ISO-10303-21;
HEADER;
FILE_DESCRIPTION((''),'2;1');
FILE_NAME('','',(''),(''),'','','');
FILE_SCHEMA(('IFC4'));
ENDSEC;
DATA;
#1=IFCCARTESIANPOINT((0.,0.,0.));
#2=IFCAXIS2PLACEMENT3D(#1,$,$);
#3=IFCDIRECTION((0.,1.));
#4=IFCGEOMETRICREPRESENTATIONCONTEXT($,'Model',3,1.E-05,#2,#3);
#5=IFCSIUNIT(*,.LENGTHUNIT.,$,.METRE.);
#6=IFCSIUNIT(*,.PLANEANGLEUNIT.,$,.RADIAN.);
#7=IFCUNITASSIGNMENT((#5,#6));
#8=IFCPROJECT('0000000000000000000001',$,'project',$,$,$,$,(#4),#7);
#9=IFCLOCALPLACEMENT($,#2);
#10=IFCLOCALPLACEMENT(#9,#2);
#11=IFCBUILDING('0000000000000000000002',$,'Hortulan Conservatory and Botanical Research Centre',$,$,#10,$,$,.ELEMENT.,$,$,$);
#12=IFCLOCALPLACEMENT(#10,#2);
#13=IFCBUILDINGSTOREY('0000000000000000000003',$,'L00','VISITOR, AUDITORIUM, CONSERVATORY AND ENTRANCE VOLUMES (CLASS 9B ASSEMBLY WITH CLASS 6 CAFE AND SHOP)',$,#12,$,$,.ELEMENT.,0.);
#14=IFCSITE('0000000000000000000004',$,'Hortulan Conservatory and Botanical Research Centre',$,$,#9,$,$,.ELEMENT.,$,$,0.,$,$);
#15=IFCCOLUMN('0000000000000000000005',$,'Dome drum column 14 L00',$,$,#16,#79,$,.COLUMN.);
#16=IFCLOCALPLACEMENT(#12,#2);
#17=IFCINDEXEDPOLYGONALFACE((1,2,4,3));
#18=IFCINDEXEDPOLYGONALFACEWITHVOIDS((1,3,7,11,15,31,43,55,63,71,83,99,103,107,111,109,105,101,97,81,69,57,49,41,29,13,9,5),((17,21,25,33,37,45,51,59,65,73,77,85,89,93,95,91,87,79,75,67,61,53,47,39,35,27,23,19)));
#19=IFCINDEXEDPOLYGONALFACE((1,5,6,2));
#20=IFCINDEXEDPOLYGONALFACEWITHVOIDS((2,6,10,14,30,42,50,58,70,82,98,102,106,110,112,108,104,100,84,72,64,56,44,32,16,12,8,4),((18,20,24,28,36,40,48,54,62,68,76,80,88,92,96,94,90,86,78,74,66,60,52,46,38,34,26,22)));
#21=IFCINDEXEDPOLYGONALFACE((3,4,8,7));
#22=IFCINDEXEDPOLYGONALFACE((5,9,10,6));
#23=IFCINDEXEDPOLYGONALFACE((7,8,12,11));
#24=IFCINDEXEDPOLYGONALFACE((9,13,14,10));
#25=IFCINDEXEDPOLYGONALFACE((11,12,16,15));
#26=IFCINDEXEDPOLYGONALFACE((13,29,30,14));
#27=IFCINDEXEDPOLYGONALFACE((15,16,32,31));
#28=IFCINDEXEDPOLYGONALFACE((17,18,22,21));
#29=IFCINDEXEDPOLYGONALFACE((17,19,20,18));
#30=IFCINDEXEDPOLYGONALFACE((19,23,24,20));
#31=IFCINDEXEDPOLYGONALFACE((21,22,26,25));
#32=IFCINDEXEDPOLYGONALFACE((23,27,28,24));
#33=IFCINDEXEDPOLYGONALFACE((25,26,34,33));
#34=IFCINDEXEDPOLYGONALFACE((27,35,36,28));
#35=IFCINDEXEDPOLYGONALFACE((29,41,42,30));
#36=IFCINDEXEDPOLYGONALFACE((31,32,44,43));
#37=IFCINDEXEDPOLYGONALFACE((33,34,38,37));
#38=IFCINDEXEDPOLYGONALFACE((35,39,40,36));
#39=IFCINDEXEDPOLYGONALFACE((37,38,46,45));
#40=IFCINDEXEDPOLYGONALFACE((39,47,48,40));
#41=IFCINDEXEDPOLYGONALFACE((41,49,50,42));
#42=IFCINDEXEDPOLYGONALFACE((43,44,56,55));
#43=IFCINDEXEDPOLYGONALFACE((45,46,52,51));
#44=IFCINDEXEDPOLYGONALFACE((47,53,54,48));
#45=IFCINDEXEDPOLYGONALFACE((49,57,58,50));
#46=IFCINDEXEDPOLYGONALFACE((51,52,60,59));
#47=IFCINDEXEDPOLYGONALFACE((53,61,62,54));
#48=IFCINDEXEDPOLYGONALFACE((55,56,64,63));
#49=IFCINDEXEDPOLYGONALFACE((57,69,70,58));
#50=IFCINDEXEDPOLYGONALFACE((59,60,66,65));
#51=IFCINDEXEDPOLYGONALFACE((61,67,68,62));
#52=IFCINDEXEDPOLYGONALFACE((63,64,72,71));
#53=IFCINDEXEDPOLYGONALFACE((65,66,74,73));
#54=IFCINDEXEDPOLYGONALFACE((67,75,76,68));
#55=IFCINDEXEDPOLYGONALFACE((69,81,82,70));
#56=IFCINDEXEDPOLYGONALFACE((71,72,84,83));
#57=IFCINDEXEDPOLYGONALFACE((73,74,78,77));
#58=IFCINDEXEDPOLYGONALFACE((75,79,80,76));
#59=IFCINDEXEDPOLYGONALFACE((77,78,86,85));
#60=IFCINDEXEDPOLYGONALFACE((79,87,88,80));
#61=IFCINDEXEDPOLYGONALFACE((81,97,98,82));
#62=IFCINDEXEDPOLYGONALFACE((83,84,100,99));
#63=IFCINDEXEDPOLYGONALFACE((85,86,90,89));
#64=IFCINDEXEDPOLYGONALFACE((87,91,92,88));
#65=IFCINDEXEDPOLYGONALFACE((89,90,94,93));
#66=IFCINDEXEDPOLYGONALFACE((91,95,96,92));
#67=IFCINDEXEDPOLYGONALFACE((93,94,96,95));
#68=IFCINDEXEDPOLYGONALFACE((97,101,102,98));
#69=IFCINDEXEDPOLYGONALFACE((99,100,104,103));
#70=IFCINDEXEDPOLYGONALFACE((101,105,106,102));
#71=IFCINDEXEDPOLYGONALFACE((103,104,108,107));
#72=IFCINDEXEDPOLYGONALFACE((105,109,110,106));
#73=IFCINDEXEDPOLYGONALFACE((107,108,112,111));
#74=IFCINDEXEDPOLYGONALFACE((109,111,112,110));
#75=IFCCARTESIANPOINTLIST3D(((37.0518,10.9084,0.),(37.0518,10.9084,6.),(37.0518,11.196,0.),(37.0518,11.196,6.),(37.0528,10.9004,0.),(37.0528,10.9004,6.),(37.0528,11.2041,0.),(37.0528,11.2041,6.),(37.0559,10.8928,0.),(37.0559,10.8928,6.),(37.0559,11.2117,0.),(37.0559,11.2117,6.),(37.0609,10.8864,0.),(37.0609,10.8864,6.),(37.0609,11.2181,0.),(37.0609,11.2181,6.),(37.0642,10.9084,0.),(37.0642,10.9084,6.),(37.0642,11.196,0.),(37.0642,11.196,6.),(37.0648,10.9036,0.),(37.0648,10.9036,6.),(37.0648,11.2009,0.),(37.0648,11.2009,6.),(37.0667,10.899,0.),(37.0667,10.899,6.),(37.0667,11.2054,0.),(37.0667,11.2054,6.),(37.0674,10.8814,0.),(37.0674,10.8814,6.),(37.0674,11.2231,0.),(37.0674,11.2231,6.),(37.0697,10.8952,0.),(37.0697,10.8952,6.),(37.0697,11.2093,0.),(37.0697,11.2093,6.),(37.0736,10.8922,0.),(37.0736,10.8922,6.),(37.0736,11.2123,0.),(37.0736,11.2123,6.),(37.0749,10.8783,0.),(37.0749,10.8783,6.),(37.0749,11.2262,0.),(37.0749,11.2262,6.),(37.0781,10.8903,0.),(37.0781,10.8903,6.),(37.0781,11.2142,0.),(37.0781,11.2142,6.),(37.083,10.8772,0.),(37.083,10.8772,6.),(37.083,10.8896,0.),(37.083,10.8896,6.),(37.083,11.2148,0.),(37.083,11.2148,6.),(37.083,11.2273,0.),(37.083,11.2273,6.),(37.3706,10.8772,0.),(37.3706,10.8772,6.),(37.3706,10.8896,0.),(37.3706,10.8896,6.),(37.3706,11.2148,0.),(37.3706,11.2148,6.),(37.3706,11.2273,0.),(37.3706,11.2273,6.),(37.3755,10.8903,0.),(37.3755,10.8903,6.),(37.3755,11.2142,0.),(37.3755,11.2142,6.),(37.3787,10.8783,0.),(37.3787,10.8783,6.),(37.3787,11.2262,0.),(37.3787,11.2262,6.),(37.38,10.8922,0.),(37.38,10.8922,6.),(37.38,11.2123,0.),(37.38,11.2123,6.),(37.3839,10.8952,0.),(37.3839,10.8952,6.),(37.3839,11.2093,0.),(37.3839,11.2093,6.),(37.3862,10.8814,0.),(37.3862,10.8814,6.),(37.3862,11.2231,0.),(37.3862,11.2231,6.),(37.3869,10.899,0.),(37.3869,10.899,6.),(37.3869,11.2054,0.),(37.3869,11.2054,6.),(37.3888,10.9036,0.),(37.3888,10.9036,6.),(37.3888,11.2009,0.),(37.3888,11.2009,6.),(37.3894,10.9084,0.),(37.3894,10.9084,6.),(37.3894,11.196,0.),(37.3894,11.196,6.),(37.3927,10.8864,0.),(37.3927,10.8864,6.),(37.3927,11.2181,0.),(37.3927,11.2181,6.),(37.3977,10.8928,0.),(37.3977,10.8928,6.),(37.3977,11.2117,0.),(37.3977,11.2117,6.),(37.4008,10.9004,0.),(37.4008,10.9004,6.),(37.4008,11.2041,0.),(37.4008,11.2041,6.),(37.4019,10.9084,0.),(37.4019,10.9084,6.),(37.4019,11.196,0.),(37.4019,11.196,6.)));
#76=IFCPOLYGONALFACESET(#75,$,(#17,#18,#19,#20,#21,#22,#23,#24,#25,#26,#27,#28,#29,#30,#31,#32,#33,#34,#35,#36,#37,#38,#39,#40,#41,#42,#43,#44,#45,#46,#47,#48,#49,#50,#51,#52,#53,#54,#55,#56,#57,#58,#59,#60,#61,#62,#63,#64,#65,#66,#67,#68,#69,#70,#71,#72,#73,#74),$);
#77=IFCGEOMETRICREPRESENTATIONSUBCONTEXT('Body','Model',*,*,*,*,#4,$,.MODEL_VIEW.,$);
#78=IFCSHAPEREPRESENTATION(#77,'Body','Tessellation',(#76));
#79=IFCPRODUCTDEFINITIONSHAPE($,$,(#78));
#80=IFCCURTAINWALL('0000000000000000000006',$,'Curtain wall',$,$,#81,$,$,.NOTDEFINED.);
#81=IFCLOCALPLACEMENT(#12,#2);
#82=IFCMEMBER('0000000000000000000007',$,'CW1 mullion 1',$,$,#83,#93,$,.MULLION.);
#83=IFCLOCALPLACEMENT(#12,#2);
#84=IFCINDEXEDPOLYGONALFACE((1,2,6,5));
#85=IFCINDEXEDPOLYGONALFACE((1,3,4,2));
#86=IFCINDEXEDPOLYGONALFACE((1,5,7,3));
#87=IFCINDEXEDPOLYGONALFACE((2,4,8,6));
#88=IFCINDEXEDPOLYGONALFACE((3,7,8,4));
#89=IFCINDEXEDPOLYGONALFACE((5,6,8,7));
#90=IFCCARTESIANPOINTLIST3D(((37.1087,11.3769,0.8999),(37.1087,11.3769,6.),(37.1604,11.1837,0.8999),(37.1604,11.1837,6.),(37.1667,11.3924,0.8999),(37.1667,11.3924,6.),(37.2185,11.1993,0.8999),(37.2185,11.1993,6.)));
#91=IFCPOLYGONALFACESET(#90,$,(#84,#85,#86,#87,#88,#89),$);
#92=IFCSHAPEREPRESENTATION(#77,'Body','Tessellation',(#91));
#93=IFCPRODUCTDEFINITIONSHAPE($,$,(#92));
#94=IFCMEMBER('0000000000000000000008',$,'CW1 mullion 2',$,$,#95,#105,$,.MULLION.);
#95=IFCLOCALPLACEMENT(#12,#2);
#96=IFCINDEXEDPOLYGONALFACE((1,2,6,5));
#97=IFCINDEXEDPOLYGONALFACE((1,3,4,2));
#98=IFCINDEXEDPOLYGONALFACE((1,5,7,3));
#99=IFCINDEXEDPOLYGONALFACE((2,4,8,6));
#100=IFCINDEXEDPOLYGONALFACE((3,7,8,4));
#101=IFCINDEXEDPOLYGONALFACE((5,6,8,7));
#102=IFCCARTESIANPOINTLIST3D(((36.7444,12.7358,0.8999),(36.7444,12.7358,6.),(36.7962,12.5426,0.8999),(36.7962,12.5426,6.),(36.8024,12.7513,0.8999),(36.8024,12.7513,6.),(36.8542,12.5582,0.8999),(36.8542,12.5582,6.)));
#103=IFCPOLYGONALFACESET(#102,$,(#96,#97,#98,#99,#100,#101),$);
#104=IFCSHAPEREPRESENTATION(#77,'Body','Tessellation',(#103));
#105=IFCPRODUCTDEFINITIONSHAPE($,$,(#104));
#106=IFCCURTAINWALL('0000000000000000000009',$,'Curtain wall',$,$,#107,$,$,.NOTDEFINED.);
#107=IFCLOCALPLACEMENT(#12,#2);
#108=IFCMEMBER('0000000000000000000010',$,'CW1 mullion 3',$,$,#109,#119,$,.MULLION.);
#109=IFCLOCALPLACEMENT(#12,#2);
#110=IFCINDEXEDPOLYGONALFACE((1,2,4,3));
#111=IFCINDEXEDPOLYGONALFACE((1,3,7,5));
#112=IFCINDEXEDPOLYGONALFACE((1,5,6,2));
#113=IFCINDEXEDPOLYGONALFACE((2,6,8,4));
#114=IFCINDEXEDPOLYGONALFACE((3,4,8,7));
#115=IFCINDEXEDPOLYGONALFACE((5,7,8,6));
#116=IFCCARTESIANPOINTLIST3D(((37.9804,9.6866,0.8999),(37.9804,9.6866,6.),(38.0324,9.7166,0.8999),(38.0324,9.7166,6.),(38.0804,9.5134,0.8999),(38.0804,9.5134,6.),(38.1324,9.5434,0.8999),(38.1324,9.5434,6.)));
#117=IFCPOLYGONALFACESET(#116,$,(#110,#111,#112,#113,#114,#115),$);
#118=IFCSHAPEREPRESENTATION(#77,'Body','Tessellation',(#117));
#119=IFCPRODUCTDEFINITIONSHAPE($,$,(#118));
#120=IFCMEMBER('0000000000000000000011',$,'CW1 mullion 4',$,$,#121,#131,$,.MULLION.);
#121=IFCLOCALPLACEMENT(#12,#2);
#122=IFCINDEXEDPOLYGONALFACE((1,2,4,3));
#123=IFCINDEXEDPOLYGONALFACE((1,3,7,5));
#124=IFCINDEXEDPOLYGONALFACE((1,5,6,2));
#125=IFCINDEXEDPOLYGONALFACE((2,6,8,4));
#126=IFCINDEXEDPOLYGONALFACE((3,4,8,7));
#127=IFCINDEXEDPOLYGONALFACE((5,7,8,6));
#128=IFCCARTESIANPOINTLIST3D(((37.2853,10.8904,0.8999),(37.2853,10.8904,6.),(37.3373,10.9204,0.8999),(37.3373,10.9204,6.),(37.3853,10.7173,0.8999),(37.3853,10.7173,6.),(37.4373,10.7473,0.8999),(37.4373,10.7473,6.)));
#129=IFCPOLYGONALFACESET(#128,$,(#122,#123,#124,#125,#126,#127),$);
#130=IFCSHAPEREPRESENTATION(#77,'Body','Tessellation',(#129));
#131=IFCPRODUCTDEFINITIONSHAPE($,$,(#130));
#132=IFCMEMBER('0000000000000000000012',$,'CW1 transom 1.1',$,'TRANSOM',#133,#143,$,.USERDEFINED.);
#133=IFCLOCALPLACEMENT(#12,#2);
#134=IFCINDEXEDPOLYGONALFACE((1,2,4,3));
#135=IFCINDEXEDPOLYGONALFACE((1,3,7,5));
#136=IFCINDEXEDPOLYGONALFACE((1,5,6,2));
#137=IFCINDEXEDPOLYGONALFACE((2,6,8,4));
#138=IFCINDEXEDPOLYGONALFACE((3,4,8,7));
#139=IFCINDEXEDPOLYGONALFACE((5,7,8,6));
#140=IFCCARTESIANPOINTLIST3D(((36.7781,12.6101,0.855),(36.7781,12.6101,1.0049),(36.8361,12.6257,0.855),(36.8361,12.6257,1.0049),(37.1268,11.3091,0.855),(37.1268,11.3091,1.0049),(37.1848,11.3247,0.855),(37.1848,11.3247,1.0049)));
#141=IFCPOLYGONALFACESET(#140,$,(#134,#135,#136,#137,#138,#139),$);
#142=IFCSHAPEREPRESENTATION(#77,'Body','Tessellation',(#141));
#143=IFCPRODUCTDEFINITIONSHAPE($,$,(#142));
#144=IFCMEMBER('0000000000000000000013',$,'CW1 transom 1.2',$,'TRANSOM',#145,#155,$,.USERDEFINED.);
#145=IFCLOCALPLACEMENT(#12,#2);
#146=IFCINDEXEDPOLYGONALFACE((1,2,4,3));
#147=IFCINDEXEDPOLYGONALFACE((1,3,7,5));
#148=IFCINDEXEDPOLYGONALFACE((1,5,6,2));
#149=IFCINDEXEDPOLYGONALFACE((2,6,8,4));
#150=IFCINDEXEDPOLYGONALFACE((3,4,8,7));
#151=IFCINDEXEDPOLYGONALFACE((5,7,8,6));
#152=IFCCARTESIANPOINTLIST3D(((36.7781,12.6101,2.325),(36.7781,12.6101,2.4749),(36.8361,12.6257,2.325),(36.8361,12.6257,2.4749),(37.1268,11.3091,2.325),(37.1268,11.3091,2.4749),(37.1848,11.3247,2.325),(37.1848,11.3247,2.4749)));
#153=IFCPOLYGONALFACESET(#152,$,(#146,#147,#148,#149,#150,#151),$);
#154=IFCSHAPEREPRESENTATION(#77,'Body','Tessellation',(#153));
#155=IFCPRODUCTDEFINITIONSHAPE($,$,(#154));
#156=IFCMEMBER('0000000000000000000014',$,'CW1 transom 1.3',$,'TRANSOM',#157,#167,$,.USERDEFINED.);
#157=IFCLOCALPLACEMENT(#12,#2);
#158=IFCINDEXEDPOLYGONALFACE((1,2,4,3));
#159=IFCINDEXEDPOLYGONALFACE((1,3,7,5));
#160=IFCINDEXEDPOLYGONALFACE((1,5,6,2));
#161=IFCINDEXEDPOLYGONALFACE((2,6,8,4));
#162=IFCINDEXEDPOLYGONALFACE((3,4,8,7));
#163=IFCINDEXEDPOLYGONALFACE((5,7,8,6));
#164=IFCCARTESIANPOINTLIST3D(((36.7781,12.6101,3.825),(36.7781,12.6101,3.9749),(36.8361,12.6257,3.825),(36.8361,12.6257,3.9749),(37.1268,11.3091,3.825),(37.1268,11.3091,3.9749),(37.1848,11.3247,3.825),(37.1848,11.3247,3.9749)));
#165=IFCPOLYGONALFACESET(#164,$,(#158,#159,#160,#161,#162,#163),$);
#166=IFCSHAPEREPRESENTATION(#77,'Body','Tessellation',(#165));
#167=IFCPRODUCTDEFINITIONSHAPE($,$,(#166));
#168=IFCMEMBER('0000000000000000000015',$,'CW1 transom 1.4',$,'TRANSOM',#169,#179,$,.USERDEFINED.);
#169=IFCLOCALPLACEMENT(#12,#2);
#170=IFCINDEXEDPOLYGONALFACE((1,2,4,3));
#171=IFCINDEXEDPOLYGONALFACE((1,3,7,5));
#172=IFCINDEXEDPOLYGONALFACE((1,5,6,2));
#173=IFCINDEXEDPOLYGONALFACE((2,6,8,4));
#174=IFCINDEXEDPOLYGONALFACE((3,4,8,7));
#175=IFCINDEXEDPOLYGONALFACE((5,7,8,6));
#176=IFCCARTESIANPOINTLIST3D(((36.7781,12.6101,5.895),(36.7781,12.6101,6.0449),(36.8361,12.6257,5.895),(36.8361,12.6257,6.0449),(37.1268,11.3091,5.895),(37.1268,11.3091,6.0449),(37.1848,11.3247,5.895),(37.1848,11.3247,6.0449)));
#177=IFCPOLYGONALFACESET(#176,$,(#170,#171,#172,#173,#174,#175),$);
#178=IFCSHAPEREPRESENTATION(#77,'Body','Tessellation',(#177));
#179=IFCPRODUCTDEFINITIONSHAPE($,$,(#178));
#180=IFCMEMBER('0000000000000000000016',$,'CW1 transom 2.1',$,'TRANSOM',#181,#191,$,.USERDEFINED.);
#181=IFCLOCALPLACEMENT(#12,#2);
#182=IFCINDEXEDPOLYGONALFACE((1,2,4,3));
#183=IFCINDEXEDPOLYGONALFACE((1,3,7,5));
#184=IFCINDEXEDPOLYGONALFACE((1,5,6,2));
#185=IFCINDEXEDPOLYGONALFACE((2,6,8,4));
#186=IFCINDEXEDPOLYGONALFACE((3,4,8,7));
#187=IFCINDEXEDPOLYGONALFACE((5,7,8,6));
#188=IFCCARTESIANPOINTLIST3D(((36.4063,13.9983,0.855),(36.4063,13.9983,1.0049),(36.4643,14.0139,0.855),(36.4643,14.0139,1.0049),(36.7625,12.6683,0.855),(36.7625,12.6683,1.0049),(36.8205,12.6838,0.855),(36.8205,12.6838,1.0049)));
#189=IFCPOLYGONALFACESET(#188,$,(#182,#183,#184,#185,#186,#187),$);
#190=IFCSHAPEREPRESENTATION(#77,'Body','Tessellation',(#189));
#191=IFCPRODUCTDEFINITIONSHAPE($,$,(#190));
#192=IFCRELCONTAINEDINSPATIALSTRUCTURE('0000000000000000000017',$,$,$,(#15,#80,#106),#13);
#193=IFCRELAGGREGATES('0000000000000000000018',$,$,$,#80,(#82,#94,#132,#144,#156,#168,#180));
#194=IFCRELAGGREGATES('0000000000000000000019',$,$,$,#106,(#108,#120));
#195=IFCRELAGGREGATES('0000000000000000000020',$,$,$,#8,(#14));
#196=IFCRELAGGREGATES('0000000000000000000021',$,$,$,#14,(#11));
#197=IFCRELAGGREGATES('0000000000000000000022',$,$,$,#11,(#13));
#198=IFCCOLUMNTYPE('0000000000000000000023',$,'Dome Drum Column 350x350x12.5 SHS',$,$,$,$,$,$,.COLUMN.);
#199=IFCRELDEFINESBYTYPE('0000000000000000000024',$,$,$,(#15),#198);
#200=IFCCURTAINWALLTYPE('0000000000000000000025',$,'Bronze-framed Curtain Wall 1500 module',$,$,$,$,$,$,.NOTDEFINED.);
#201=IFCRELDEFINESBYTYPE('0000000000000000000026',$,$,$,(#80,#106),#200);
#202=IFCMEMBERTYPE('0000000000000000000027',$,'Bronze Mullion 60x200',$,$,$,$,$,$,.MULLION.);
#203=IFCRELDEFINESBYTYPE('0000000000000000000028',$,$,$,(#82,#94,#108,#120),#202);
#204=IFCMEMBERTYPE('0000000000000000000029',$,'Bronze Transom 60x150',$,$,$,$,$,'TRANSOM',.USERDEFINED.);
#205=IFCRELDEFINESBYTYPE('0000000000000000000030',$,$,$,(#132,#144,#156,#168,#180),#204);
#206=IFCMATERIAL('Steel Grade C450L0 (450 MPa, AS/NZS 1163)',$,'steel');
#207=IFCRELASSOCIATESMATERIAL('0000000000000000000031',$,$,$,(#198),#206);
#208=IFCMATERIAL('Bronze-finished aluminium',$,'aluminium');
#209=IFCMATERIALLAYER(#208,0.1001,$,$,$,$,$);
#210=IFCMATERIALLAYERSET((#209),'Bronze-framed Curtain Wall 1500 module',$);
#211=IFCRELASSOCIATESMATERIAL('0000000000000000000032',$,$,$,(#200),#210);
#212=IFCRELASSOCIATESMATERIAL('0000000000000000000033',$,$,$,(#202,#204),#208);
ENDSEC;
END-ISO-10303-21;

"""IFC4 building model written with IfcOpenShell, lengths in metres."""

from ifc_helpers import new_model, si_unit, direction, frame, origin, origin_2d, place, context, subcontext, project, spatial, rectangle, hollow_rectangle, extrude, material, layer, layer_set, material_profile, profile_set, type_object, element, aggregate, save


model = new_model("IFC4")

# Units and contexts
model_context = context("Model", 3, precision=1e-05, world=origin(), true_north=direction((0.0, 1.0)))
body_context = subcontext(model_context, "Body", "Model", "MODEL_VIEW")
ifc_project = project(units=[si_unit("LENGTHUNIT", "METRE"), si_unit("PLANEANGLEUNIT", "RADIAN")], contexts=[model_context])

# Site, building, storey
site_placement = place(None, origin())
site = spatial("IfcSite", under=ifc_project, at=site_placement, Name="Hortulan Conservatory and Botanical Research Centre", CompositionType="ELEMENT", RefElevation=0.0)
building_placement = place(site_placement, origin())
building = spatial("IfcBuilding", under=site, at=building_placement, Name="Hortulan Conservatory and Botanical Research Centre", CompositionType="ELEMENT")
storey_placement = place(building_placement, origin())
storey = spatial("IfcBuildingStorey", under=building, at=storey_placement, Name="L00", Description="VISITOR, AUDITORIUM, CONSERVATORY AND ENTRANCE VOLUMES (CLASS 9B ASSEMBLY WITH CLASS 6 CAFE AND SHOP)", CompositionType="ELEMENT", Elevation=0.0)

# Column
ifc_material_1 = material(Name="Steel Grade C450L0 (450 MPa, AS/NZS 1163)", Category="steel")
ifc_material_profile_1 = material_profile(ifc_material_1, hollow_rectangle(XDim=0.3501, YDim=0.3501, WallThickness=0.0125, InnerFilletRadius=0.0188, OuterFilletRadius=0.0312, at=origin_2d()), Name="350x350x12.5SHS")
ifc_profile_set_1 = profile_set([ifc_material_profile_1], Name="Steel Grade C450L0 (450 MPa, AS/NZS 1163)")
column_type = type_object("IfcColumnType", Name="Dome Drum Column 350x350x12.5 SHS", PredefinedType="COLUMN", material=ifc_profile_set_1)
column_placement = place(storey_placement, frame((37.2268, 11.0522, 0.0), z_axis=(0.0, 0.0, 1.0), x_axis=(1.0, 0.0, 0.0)))
element("IfcColumn", 1, at=column_placement, inside=storey, type_object=column_type, Name="Dome drum column 14 L00", PredefinedType="COLUMN", context=body_context, shape_type="SweptSolid", body=[
    extrude(hollow_rectangle(XDim=0.3501, YDim=0.3501, WallThickness=0.0125, InnerFilletRadius=0.0188, OuterFilletRadius=0.0312, at=origin_2d()), origin(), (0.0, 0.0, 1.0), 6.0),
])

# Curtain walls, members
ifc_material_2 = material(Name="Bronze-finished aluminium", Category="aluminium")
ifc_layer_1 = layer(ifc_material_2, 0.1001)
ifc_layer_set_1 = layer_set([ifc_layer_1], Name="Bronze-framed Curtain Wall 1500 module")
curtain_wall_type = type_object("IfcCurtainWallType", Name="Bronze-framed Curtain Wall 1500 module", PredefinedType="NOTDEFINED", material=ifc_layer_set_1)
curtain_wall_1_placement = place(storey_placement, origin())
curtain_wall_1 = element("IfcCurtainWall", 2, at=curtain_wall_1_placement, inside=storey, type_object=curtain_wall_type, Name="Curtain wall", PredefinedType="NOTDEFINED")
ifc_material_profile_2 = material_profile(ifc_material_2, rectangle(XDim=0.0601, YDim=0.2, at=origin_2d()), Name="Bronze Mullion 60x200")
ifc_profile_set_2 = profile_set([ifc_material_profile_2], Name="Bronze-finished aluminium")
member_type_1 = type_object("IfcMemberType", Name="Bronze Mullion 60x200", PredefinedType="MULLION", material=ifc_profile_set_2)
member_1_placement = place(storey_placement, frame((37.1636, 11.2881, 0.8999), z_axis=(0.0, 0.0, 1.0), x_axis=(-0.965922, -0.258832, 0.0)))
member_1 = element("IfcMember", 3, at=member_1_placement, type_object=member_type_1, Name="CW1 mullion 1", PredefinedType="MULLION", context=body_context, shape_type="SweptSolid", body=[
    extrude(rectangle(XDim=0.0601, YDim=0.2, at=origin_2d()), origin(), (0.0, 0.0, 1.0), 5.1001),
])
member_2_placement = place(storey_placement, frame((36.7993, 12.647, 0.8999), z_axis=(0.0, 0.0, 1.0), x_axis=(-0.965922, -0.258832, 0.0)))
member_2 = element("IfcMember", 4, at=member_2_placement, type_object=member_type_1, Name="CW1 mullion 2", PredefinedType="MULLION", context=body_context, shape_type="SweptSolid", body=[
    extrude(rectangle(XDim=0.0601, YDim=0.2, at=origin_2d()), origin(), (0.0, 0.0, 1.0), 5.1001),
])
curtain_wall_2_placement = place(storey_placement, origin())
curtain_wall_2 = element("IfcCurtainWall", 5, at=curtain_wall_2_placement, inside=storey, type_object=curtain_wall_type, Name="Curtain wall", PredefinedType="NOTDEFINED")
member_3_placement = place(storey_placement, frame((38.0564, 9.615, 0.8999), z_axis=(0.0, 0.0, 1.0), x_axis=(-0.866036, -0.499981, 0.0)))
member_3 = element("IfcMember", 6, at=member_3_placement, type_object=member_type_1, Name="CW1 mullion 3", PredefinedType="MULLION", context=body_context, shape_type="SweptSolid", body=[
    extrude(rectangle(XDim=0.0601, YDim=0.2, at=origin_2d()), origin(), (0.0, 0.0, 1.0), 5.1001),
])
member_4_placement = place(storey_placement, frame((37.3613, 10.8188, 0.8999), z_axis=(0.0, 0.0, 1.0), x_axis=(-0.866036, -0.499981, 0.0)))
member_4 = element("IfcMember", 7, at=member_4_placement, type_object=member_type_1, Name="CW1 mullion 4", PredefinedType="MULLION", context=body_context, shape_type="SweptSolid", body=[
    extrude(rectangle(XDim=0.0601, YDim=0.2, at=origin_2d()), origin(), (0.0, 0.0, 1.0), 5.1001),
])

# Members
ifc_material_profile_3 = material_profile(ifc_material_2, rectangle(XDim=0.0601, YDim=0.1499, at=origin_2d()), Name="Bronze Transom 60x150")
ifc_profile_set_3 = profile_set([ifc_material_profile_3], Name="Bronze-finished aluminium")
member_type_2 = type_object("IfcMemberType", Name="Bronze Transom 60x150", ElementType="TRANSOM", PredefinedType="USERDEFINED", material=ifc_profile_set_3)
member_5_placement = place(storey_placement, frame((37.1558, 11.3169, 0.9299), z_axis=(-0.258836, 0.965921, 0.0), x_axis=(-0.965921, -0.258836, 0.0)))
member_5 = element("IfcMember", 8, at=member_5_placement, type_object=member_type_2, Name="CW1 transom 1.1", ObjectType="TRANSOM", PredefinedType="USERDEFINED", context=body_context, shape_type="SweptSolid", body=[
    extrude(rectangle(XDim=0.0601, YDim=0.1499, at=origin_2d()), origin(), (0.0, 0.0, 1.0), 1.3469),
])
member_6_placement = place(storey_placement, frame((37.1558, 11.3169, 2.3999), z_axis=(-0.258836, 0.965921, 0.0), x_axis=(-0.965921, -0.258836, 0.0)))
member_6 = element("IfcMember", 9, at=member_6_placement, type_object=member_type_2, Name="CW1 transom 1.2", ObjectType="TRANSOM", PredefinedType="USERDEFINED", context=body_context, shape_type="SweptSolid", body=[
    extrude(rectangle(XDim=0.0601, YDim=0.1499, at=origin_2d()), origin(), (0.0, 0.0, 1.0), 1.3469),
])
member_7_placement = place(storey_placement, frame((37.1558, 11.3169, 3.8999), z_axis=(-0.258836, 0.965921, 0.0), x_axis=(-0.965921, -0.258836, 0.0)))
member_7 = element("IfcMember", 10, at=member_7_placement, type_object=member_type_2, Name="CW1 transom 1.3", ObjectType="TRANSOM", PredefinedType="USERDEFINED", context=body_context, shape_type="SweptSolid", body=[
    extrude(rectangle(XDim=0.0601, YDim=0.1499, at=origin_2d()), origin(), (0.0, 0.0, 1.0), 1.3469),
])
member_8_placement = place(storey_placement, frame((37.1558, 11.3169, 5.97), z_axis=(-0.258836, 0.965921, 0.0), x_axis=(-0.965921, -0.258836, 0.0)))
member_8 = element("IfcMember", 11, at=member_8_placement, type_object=member_type_2, Name="CW1 transom 1.4", ObjectType="TRANSOM", PredefinedType="USERDEFINED", context=body_context, shape_type="SweptSolid", body=[
    extrude(rectangle(XDim=0.0601, YDim=0.1499, at=origin_2d()), origin(), (0.0, 0.0, 1.0), 1.3469),
])
member_9_placement = place(storey_placement, frame((36.7915, 12.676, 0.9299), z_axis=(-0.258689, 0.965961, 0.0), x_axis=(-0.965961, -0.258689, 0.0)))
member_9 = element("IfcMember", 12, at=member_9_placement, type_object=member_type_2, Name="CW1 transom 2.1", ObjectType="TRANSOM", PredefinedType="USERDEFINED", context=body_context, shape_type="SweptSolid", body=[
    extrude(rectangle(XDim=0.0601, YDim=0.1499, at=origin_2d()), origin(), (0.0, 0.0, 1.0), 1.377),
])

aggregate(curtain_wall_1, [member_1, member_2, member_5, member_6, member_7, member_8, member_9])
aggregate(curtain_wall_2, [member_3, member_4])

save(model, "model.ifc")
